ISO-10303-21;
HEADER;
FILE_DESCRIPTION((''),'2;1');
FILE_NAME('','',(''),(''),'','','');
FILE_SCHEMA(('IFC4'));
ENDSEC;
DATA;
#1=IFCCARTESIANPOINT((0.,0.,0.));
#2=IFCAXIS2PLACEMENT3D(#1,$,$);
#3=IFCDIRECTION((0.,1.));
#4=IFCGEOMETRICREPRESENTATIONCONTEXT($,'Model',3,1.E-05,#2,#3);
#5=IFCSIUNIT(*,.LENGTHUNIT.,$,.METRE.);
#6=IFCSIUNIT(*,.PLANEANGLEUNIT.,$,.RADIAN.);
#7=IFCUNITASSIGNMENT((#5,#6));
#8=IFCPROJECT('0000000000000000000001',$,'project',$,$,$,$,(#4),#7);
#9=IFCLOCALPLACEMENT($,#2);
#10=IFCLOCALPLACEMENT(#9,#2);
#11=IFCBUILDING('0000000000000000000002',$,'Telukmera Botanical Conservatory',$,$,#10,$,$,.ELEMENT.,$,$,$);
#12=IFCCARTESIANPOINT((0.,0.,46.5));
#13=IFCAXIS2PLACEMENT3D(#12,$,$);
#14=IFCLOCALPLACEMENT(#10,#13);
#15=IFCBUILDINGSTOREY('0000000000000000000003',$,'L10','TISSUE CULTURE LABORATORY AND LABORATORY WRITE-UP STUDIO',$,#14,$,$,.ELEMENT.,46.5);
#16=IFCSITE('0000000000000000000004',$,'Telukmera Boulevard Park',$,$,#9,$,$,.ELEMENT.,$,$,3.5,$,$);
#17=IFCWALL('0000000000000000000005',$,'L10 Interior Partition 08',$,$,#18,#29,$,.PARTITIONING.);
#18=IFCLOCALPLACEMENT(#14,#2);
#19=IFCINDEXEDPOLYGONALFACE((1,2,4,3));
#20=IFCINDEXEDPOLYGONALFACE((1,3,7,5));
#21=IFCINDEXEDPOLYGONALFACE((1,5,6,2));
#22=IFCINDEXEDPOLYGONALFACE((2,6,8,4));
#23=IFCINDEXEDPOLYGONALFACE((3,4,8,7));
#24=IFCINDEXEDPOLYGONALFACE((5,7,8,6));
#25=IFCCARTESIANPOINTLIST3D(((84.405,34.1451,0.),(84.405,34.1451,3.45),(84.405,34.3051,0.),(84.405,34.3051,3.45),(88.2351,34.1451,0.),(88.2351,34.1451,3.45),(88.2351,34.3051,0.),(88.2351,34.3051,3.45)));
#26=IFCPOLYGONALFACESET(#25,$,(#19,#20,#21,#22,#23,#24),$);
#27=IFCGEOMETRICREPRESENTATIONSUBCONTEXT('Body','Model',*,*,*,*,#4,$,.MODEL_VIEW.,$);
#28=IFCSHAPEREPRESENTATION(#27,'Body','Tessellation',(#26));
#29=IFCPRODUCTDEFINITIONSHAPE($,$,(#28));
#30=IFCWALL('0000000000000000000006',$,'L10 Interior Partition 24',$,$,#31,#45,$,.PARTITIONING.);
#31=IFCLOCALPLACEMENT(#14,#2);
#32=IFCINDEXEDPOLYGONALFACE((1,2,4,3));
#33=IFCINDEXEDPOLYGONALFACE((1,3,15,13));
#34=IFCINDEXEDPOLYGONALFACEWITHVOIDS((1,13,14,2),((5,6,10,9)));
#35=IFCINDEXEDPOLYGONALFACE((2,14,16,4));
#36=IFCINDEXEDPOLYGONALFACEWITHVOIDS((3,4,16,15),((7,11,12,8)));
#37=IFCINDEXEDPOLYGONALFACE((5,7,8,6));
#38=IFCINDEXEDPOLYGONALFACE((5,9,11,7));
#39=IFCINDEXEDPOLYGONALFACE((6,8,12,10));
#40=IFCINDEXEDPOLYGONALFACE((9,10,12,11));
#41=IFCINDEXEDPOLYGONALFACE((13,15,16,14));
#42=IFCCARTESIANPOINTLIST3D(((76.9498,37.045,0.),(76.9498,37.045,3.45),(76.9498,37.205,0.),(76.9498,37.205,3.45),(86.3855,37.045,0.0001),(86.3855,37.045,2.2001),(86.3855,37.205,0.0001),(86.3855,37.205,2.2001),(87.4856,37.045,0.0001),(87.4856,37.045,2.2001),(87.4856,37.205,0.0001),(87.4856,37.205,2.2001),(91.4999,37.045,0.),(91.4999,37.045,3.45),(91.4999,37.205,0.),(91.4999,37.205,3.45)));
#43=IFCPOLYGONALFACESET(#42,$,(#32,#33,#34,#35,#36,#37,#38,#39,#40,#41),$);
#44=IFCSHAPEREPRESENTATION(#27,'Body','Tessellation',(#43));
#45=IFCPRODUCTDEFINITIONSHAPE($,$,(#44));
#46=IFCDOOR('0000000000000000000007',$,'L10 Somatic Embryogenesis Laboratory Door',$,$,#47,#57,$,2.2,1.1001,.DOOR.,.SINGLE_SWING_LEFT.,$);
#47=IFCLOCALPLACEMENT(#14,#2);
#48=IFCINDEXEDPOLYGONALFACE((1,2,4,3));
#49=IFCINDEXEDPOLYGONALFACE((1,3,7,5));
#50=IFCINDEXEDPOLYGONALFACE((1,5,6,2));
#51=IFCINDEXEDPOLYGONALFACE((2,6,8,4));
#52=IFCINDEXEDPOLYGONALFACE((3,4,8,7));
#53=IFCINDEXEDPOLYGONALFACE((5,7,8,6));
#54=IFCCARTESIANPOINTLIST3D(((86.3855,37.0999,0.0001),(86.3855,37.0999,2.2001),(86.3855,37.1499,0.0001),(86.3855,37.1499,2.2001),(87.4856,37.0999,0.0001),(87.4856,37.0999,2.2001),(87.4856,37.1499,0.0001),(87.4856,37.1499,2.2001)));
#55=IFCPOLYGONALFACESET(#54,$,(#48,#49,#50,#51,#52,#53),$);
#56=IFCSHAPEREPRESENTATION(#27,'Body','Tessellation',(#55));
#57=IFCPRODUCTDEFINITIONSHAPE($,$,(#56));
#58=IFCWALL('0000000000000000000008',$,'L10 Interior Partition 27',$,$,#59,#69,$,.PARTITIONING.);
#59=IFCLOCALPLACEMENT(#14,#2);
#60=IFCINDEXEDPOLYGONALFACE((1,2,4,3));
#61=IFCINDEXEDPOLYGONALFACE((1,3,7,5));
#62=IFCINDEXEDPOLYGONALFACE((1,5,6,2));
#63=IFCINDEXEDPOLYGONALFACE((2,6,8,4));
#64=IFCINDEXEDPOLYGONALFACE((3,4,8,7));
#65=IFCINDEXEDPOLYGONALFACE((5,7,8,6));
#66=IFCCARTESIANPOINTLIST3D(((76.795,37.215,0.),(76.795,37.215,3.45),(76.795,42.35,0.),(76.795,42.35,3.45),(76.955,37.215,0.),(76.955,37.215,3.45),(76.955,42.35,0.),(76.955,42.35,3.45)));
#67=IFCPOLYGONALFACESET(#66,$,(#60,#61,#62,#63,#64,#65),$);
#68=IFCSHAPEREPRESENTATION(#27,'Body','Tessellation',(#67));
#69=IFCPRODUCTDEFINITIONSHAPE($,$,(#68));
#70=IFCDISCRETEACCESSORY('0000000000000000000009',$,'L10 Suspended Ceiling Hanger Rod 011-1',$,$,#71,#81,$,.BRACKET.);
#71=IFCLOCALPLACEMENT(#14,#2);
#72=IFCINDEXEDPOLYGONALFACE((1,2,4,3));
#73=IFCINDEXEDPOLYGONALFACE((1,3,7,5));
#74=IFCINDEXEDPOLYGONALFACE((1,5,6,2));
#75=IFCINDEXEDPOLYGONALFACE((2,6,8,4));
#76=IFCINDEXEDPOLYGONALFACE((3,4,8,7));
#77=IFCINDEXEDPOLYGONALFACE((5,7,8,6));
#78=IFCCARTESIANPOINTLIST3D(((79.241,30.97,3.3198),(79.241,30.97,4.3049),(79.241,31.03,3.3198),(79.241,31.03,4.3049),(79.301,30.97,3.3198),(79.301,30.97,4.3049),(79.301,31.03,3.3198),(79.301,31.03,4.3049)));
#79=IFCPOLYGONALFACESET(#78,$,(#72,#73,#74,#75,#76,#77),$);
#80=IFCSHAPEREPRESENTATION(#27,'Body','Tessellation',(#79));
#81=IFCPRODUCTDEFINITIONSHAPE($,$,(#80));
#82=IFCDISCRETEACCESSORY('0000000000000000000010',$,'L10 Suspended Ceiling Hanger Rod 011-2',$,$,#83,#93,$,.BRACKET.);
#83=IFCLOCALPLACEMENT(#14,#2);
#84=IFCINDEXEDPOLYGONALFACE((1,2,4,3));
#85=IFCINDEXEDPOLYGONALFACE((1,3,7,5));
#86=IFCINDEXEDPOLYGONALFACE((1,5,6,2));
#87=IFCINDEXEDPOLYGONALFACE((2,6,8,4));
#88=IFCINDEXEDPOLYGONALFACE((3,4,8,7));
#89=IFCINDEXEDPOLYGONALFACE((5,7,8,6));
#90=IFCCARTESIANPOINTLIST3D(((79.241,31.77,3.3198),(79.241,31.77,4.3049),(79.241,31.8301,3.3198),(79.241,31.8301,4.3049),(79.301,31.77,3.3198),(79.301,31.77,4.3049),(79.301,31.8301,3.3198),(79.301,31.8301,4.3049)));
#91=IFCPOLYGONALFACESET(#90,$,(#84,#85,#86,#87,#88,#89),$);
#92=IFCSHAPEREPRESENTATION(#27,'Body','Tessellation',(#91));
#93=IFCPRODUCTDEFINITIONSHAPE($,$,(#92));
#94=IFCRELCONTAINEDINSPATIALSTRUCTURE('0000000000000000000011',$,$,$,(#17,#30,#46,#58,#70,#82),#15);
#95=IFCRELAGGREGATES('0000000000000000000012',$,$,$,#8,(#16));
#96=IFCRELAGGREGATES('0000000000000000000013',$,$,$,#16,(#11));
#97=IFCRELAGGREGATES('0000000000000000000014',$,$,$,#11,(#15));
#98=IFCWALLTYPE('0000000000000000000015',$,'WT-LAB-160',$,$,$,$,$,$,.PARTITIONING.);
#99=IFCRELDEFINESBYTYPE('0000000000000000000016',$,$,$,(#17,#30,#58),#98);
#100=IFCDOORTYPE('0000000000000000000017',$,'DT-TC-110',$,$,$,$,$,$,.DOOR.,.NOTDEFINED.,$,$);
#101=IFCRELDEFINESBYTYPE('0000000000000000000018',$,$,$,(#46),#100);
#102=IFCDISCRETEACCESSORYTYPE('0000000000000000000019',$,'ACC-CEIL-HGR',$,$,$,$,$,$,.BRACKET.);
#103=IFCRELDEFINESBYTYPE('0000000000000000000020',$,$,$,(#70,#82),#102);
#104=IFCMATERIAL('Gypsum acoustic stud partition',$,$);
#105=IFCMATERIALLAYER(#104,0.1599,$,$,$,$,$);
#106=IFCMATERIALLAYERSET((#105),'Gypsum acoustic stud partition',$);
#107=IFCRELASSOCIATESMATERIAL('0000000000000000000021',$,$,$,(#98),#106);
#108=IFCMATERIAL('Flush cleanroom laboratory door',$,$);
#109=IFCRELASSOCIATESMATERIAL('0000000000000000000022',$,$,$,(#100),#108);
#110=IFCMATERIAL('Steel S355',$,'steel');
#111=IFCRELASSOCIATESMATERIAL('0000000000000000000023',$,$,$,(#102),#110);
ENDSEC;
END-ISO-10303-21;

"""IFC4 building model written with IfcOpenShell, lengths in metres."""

from ifc_helpers import new_model, si_unit, direction, frame, frame_2d, origin, origin_2d, place, context, subcontext, project, spatial, rectangle, extrude, material, layer, layer_set, type_object, element, fill, save


model = new_model("IFC4")

# Units and contexts
model_context = context("Model", 3, precision=1e-05, world=origin(), true_north=direction((0.0, 1.0)))
body_context = subcontext(model_context, "Body", "Model", "MODEL_VIEW")
ifc_project = project(units=[si_unit("LENGTHUNIT", "METRE"), si_unit("PLANEANGLEUNIT", "RADIAN")], contexts=[model_context])

# Site, building, storey
site_placement = place(None, origin())
site = spatial("IfcSite", under=ifc_project, at=site_placement, Name="Telukmera Boulevard Park", CompositionType="ELEMENT", RefElevation=3.5)
building_placement = place(site_placement, origin())
building = spatial("IfcBuilding", under=site, at=building_placement, Name="Telukmera Botanical Conservatory", CompositionType="ELEMENT")
storey_placement = place(building_placement, frame((0.0, 0.0, 46.5)))
storey = spatial("IfcBuildingStorey", under=building, at=storey_placement, Name="L10", Description="TISSUE CULTURE LABORATORY AND LABORATORY WRITE-UP STUDIO", CompositionType="ELEMENT", Elevation=46.5)

# Shared definitions
ifc_material_1 = material(Name="Gypsum acoustic stud partition")
ifc_layer_1 = layer(ifc_material_1, 0.1599)
ifc_layer_set_1 = layer_set([ifc_layer_1], Name="Gypsum acoustic stud partition")
wall_type_1 = type_object("IfcWallType", Name="WT-LAB-160", PredefinedType="PARTITIONING", material=ifc_layer_set_1)

# Shared definitions
ifc_material_2 = material(Name="Flush cleanroom laboratory door")
door_type = type_object("IfcDoorType", Name="DT-TC-110", OperationType="NOTDEFINED", PredefinedType="DOOR", material=ifc_material_2)

# Wall
wall_1_placement = place(storey_placement, frame((84.405, 34.2251, 0.0), z_axis=(0.0, 0.0, 1.0), x_axis=(1.0, 0.0, 0.0)))
element("IfcWall", 1, at=wall_1_placement, inside=storey, type_object=wall_type_1, Name="L10 Interior Partition 08", PredefinedType="PARTITIONING", context=body_context, shape_type="SweptSolid", body=[
    extrude(rectangle(XDim=3.8301, YDim=0.1599, at=frame_2d((1.915, 0.0))), origin(), (0.0, 0.0, 1.0), 3.45),
])

# Wall, opening, door
wall_2_placement = place(storey_placement, frame((76.95, 37.125, 0.0), z_axis=(0.0, 0.0, 1.0), x_axis=(1.0, 0.0, 0.0)))
wall_2 = element("IfcWall", 2, at=wall_2_placement, inside=storey, type_object=wall_type_1, Name="L10 Interior Partition 24", PredefinedType="PARTITIONING", context=body_context, shape_type="SweptSolid", body=[
    extrude(rectangle(XDim=14.55, YDim=0.1599, at=frame_2d((7.2749, 0.0))), origin(), (0.0, 0.0, 1.0), 3.45),
])
opening_1_placement = place(wall_2_placement, frame((9.4355, 0.0, 0.0)))
opening_1 = element("IfcOpeningElement", 3, at=opening_1_placement, cuts=wall_2, PredefinedType="OPENING", context=body_context, shape_type="SweptSolid", body=[
    extrude(rectangle(XDim=1.1001, YDim=2.2, at=frame_2d((0.55, 1.1001))), frame((0.0, 0.0898, 0.0), z_axis=(0.0, -1.0, 0.0), x_axis=(1.0, 0.0, 0.0)), (0.0, 0.0, 1.0), 0.1799),
])
door_1_placement = place(opening_1_placement, origin())
door_1 = element("IfcDoor", 4, at=door_1_placement, inside=storey, type_object=door_type, Name="L10 Somatic Embryogenesis Laboratory Door", OperationType="SINGLE_SWING_LEFT", OverallHeight=2.2, OverallWidth=1.1001, PredefinedType="DOOR", context=body_context, shape_type="SweptSolid", body=[
    extrude(rectangle(XDim=1.1001, YDim=2.2, at=frame_2d((0.55, 1.1001))), frame((0.0, 0.0249, 0.0), z_axis=(0.0, -1.0, 0.0), x_axis=(1.0, 0.0, 0.0)), (0.0, 0.0, 1.0), 0.05),
])
fill(opening_1, door_1)

# Wall
wall_3_placement = place(storey_placement, frame((76.875, 37.2151, 0.0), z_axis=(0.0, 0.0, 1.0), x_axis=(0.0, 1.0, 0.0)))
element("IfcWall", 5, at=wall_3_placement, inside=storey, type_object=wall_type_1, Name="L10 Interior Partition 27", PredefinedType="PARTITIONING", context=body_context, shape_type="SweptSolid", body=[
    extrude(rectangle(XDim=5.135, YDim=0.1599, at=frame_2d((2.5674, 0.0))), origin(), (0.0, 0.0, 1.0), 3.45),
])

# Discrete accessories
ifc_material_3 = material(Name="Steel S355", Category="steel")
discrete_accessory_type = type_object("IfcDiscreteAccessoryType", Name="ACC-CEIL-HGR", PredefinedType="BRACKET", material=ifc_material_3)
for number, where, z_axis, x_axis, name in (
    (6, (79.271, 31.0, 3.3198), (0.0, 0.0, 1.0), (1.0, 0.0, 0.0), "L10 Suspended Ceiling Hanger Rod 011-1"),
    (7, (79.271, 31.8, 3.3198), (0.0, 0.0, 1.0), (1.0, 0.0, 0.0), "L10 Suspended Ceiling Hanger Rod 011-2"),
):
    element("IfcDiscreteAccessory", number, at=place(storey_placement, frame(where, z_axis=z_axis, x_axis=x_axis)), inside=storey, type_object=discrete_accessory_type, Name=name, PredefinedType="BRACKET", context=body_context, shape_type="SweptSolid", body=[
        extrude(rectangle(XDim=0.0601, YDim=0.0601, at=origin_2d()), origin(), (0.0, 0.0, 1.0), 0.9851),
    ])

save(model, "model.ifc")
